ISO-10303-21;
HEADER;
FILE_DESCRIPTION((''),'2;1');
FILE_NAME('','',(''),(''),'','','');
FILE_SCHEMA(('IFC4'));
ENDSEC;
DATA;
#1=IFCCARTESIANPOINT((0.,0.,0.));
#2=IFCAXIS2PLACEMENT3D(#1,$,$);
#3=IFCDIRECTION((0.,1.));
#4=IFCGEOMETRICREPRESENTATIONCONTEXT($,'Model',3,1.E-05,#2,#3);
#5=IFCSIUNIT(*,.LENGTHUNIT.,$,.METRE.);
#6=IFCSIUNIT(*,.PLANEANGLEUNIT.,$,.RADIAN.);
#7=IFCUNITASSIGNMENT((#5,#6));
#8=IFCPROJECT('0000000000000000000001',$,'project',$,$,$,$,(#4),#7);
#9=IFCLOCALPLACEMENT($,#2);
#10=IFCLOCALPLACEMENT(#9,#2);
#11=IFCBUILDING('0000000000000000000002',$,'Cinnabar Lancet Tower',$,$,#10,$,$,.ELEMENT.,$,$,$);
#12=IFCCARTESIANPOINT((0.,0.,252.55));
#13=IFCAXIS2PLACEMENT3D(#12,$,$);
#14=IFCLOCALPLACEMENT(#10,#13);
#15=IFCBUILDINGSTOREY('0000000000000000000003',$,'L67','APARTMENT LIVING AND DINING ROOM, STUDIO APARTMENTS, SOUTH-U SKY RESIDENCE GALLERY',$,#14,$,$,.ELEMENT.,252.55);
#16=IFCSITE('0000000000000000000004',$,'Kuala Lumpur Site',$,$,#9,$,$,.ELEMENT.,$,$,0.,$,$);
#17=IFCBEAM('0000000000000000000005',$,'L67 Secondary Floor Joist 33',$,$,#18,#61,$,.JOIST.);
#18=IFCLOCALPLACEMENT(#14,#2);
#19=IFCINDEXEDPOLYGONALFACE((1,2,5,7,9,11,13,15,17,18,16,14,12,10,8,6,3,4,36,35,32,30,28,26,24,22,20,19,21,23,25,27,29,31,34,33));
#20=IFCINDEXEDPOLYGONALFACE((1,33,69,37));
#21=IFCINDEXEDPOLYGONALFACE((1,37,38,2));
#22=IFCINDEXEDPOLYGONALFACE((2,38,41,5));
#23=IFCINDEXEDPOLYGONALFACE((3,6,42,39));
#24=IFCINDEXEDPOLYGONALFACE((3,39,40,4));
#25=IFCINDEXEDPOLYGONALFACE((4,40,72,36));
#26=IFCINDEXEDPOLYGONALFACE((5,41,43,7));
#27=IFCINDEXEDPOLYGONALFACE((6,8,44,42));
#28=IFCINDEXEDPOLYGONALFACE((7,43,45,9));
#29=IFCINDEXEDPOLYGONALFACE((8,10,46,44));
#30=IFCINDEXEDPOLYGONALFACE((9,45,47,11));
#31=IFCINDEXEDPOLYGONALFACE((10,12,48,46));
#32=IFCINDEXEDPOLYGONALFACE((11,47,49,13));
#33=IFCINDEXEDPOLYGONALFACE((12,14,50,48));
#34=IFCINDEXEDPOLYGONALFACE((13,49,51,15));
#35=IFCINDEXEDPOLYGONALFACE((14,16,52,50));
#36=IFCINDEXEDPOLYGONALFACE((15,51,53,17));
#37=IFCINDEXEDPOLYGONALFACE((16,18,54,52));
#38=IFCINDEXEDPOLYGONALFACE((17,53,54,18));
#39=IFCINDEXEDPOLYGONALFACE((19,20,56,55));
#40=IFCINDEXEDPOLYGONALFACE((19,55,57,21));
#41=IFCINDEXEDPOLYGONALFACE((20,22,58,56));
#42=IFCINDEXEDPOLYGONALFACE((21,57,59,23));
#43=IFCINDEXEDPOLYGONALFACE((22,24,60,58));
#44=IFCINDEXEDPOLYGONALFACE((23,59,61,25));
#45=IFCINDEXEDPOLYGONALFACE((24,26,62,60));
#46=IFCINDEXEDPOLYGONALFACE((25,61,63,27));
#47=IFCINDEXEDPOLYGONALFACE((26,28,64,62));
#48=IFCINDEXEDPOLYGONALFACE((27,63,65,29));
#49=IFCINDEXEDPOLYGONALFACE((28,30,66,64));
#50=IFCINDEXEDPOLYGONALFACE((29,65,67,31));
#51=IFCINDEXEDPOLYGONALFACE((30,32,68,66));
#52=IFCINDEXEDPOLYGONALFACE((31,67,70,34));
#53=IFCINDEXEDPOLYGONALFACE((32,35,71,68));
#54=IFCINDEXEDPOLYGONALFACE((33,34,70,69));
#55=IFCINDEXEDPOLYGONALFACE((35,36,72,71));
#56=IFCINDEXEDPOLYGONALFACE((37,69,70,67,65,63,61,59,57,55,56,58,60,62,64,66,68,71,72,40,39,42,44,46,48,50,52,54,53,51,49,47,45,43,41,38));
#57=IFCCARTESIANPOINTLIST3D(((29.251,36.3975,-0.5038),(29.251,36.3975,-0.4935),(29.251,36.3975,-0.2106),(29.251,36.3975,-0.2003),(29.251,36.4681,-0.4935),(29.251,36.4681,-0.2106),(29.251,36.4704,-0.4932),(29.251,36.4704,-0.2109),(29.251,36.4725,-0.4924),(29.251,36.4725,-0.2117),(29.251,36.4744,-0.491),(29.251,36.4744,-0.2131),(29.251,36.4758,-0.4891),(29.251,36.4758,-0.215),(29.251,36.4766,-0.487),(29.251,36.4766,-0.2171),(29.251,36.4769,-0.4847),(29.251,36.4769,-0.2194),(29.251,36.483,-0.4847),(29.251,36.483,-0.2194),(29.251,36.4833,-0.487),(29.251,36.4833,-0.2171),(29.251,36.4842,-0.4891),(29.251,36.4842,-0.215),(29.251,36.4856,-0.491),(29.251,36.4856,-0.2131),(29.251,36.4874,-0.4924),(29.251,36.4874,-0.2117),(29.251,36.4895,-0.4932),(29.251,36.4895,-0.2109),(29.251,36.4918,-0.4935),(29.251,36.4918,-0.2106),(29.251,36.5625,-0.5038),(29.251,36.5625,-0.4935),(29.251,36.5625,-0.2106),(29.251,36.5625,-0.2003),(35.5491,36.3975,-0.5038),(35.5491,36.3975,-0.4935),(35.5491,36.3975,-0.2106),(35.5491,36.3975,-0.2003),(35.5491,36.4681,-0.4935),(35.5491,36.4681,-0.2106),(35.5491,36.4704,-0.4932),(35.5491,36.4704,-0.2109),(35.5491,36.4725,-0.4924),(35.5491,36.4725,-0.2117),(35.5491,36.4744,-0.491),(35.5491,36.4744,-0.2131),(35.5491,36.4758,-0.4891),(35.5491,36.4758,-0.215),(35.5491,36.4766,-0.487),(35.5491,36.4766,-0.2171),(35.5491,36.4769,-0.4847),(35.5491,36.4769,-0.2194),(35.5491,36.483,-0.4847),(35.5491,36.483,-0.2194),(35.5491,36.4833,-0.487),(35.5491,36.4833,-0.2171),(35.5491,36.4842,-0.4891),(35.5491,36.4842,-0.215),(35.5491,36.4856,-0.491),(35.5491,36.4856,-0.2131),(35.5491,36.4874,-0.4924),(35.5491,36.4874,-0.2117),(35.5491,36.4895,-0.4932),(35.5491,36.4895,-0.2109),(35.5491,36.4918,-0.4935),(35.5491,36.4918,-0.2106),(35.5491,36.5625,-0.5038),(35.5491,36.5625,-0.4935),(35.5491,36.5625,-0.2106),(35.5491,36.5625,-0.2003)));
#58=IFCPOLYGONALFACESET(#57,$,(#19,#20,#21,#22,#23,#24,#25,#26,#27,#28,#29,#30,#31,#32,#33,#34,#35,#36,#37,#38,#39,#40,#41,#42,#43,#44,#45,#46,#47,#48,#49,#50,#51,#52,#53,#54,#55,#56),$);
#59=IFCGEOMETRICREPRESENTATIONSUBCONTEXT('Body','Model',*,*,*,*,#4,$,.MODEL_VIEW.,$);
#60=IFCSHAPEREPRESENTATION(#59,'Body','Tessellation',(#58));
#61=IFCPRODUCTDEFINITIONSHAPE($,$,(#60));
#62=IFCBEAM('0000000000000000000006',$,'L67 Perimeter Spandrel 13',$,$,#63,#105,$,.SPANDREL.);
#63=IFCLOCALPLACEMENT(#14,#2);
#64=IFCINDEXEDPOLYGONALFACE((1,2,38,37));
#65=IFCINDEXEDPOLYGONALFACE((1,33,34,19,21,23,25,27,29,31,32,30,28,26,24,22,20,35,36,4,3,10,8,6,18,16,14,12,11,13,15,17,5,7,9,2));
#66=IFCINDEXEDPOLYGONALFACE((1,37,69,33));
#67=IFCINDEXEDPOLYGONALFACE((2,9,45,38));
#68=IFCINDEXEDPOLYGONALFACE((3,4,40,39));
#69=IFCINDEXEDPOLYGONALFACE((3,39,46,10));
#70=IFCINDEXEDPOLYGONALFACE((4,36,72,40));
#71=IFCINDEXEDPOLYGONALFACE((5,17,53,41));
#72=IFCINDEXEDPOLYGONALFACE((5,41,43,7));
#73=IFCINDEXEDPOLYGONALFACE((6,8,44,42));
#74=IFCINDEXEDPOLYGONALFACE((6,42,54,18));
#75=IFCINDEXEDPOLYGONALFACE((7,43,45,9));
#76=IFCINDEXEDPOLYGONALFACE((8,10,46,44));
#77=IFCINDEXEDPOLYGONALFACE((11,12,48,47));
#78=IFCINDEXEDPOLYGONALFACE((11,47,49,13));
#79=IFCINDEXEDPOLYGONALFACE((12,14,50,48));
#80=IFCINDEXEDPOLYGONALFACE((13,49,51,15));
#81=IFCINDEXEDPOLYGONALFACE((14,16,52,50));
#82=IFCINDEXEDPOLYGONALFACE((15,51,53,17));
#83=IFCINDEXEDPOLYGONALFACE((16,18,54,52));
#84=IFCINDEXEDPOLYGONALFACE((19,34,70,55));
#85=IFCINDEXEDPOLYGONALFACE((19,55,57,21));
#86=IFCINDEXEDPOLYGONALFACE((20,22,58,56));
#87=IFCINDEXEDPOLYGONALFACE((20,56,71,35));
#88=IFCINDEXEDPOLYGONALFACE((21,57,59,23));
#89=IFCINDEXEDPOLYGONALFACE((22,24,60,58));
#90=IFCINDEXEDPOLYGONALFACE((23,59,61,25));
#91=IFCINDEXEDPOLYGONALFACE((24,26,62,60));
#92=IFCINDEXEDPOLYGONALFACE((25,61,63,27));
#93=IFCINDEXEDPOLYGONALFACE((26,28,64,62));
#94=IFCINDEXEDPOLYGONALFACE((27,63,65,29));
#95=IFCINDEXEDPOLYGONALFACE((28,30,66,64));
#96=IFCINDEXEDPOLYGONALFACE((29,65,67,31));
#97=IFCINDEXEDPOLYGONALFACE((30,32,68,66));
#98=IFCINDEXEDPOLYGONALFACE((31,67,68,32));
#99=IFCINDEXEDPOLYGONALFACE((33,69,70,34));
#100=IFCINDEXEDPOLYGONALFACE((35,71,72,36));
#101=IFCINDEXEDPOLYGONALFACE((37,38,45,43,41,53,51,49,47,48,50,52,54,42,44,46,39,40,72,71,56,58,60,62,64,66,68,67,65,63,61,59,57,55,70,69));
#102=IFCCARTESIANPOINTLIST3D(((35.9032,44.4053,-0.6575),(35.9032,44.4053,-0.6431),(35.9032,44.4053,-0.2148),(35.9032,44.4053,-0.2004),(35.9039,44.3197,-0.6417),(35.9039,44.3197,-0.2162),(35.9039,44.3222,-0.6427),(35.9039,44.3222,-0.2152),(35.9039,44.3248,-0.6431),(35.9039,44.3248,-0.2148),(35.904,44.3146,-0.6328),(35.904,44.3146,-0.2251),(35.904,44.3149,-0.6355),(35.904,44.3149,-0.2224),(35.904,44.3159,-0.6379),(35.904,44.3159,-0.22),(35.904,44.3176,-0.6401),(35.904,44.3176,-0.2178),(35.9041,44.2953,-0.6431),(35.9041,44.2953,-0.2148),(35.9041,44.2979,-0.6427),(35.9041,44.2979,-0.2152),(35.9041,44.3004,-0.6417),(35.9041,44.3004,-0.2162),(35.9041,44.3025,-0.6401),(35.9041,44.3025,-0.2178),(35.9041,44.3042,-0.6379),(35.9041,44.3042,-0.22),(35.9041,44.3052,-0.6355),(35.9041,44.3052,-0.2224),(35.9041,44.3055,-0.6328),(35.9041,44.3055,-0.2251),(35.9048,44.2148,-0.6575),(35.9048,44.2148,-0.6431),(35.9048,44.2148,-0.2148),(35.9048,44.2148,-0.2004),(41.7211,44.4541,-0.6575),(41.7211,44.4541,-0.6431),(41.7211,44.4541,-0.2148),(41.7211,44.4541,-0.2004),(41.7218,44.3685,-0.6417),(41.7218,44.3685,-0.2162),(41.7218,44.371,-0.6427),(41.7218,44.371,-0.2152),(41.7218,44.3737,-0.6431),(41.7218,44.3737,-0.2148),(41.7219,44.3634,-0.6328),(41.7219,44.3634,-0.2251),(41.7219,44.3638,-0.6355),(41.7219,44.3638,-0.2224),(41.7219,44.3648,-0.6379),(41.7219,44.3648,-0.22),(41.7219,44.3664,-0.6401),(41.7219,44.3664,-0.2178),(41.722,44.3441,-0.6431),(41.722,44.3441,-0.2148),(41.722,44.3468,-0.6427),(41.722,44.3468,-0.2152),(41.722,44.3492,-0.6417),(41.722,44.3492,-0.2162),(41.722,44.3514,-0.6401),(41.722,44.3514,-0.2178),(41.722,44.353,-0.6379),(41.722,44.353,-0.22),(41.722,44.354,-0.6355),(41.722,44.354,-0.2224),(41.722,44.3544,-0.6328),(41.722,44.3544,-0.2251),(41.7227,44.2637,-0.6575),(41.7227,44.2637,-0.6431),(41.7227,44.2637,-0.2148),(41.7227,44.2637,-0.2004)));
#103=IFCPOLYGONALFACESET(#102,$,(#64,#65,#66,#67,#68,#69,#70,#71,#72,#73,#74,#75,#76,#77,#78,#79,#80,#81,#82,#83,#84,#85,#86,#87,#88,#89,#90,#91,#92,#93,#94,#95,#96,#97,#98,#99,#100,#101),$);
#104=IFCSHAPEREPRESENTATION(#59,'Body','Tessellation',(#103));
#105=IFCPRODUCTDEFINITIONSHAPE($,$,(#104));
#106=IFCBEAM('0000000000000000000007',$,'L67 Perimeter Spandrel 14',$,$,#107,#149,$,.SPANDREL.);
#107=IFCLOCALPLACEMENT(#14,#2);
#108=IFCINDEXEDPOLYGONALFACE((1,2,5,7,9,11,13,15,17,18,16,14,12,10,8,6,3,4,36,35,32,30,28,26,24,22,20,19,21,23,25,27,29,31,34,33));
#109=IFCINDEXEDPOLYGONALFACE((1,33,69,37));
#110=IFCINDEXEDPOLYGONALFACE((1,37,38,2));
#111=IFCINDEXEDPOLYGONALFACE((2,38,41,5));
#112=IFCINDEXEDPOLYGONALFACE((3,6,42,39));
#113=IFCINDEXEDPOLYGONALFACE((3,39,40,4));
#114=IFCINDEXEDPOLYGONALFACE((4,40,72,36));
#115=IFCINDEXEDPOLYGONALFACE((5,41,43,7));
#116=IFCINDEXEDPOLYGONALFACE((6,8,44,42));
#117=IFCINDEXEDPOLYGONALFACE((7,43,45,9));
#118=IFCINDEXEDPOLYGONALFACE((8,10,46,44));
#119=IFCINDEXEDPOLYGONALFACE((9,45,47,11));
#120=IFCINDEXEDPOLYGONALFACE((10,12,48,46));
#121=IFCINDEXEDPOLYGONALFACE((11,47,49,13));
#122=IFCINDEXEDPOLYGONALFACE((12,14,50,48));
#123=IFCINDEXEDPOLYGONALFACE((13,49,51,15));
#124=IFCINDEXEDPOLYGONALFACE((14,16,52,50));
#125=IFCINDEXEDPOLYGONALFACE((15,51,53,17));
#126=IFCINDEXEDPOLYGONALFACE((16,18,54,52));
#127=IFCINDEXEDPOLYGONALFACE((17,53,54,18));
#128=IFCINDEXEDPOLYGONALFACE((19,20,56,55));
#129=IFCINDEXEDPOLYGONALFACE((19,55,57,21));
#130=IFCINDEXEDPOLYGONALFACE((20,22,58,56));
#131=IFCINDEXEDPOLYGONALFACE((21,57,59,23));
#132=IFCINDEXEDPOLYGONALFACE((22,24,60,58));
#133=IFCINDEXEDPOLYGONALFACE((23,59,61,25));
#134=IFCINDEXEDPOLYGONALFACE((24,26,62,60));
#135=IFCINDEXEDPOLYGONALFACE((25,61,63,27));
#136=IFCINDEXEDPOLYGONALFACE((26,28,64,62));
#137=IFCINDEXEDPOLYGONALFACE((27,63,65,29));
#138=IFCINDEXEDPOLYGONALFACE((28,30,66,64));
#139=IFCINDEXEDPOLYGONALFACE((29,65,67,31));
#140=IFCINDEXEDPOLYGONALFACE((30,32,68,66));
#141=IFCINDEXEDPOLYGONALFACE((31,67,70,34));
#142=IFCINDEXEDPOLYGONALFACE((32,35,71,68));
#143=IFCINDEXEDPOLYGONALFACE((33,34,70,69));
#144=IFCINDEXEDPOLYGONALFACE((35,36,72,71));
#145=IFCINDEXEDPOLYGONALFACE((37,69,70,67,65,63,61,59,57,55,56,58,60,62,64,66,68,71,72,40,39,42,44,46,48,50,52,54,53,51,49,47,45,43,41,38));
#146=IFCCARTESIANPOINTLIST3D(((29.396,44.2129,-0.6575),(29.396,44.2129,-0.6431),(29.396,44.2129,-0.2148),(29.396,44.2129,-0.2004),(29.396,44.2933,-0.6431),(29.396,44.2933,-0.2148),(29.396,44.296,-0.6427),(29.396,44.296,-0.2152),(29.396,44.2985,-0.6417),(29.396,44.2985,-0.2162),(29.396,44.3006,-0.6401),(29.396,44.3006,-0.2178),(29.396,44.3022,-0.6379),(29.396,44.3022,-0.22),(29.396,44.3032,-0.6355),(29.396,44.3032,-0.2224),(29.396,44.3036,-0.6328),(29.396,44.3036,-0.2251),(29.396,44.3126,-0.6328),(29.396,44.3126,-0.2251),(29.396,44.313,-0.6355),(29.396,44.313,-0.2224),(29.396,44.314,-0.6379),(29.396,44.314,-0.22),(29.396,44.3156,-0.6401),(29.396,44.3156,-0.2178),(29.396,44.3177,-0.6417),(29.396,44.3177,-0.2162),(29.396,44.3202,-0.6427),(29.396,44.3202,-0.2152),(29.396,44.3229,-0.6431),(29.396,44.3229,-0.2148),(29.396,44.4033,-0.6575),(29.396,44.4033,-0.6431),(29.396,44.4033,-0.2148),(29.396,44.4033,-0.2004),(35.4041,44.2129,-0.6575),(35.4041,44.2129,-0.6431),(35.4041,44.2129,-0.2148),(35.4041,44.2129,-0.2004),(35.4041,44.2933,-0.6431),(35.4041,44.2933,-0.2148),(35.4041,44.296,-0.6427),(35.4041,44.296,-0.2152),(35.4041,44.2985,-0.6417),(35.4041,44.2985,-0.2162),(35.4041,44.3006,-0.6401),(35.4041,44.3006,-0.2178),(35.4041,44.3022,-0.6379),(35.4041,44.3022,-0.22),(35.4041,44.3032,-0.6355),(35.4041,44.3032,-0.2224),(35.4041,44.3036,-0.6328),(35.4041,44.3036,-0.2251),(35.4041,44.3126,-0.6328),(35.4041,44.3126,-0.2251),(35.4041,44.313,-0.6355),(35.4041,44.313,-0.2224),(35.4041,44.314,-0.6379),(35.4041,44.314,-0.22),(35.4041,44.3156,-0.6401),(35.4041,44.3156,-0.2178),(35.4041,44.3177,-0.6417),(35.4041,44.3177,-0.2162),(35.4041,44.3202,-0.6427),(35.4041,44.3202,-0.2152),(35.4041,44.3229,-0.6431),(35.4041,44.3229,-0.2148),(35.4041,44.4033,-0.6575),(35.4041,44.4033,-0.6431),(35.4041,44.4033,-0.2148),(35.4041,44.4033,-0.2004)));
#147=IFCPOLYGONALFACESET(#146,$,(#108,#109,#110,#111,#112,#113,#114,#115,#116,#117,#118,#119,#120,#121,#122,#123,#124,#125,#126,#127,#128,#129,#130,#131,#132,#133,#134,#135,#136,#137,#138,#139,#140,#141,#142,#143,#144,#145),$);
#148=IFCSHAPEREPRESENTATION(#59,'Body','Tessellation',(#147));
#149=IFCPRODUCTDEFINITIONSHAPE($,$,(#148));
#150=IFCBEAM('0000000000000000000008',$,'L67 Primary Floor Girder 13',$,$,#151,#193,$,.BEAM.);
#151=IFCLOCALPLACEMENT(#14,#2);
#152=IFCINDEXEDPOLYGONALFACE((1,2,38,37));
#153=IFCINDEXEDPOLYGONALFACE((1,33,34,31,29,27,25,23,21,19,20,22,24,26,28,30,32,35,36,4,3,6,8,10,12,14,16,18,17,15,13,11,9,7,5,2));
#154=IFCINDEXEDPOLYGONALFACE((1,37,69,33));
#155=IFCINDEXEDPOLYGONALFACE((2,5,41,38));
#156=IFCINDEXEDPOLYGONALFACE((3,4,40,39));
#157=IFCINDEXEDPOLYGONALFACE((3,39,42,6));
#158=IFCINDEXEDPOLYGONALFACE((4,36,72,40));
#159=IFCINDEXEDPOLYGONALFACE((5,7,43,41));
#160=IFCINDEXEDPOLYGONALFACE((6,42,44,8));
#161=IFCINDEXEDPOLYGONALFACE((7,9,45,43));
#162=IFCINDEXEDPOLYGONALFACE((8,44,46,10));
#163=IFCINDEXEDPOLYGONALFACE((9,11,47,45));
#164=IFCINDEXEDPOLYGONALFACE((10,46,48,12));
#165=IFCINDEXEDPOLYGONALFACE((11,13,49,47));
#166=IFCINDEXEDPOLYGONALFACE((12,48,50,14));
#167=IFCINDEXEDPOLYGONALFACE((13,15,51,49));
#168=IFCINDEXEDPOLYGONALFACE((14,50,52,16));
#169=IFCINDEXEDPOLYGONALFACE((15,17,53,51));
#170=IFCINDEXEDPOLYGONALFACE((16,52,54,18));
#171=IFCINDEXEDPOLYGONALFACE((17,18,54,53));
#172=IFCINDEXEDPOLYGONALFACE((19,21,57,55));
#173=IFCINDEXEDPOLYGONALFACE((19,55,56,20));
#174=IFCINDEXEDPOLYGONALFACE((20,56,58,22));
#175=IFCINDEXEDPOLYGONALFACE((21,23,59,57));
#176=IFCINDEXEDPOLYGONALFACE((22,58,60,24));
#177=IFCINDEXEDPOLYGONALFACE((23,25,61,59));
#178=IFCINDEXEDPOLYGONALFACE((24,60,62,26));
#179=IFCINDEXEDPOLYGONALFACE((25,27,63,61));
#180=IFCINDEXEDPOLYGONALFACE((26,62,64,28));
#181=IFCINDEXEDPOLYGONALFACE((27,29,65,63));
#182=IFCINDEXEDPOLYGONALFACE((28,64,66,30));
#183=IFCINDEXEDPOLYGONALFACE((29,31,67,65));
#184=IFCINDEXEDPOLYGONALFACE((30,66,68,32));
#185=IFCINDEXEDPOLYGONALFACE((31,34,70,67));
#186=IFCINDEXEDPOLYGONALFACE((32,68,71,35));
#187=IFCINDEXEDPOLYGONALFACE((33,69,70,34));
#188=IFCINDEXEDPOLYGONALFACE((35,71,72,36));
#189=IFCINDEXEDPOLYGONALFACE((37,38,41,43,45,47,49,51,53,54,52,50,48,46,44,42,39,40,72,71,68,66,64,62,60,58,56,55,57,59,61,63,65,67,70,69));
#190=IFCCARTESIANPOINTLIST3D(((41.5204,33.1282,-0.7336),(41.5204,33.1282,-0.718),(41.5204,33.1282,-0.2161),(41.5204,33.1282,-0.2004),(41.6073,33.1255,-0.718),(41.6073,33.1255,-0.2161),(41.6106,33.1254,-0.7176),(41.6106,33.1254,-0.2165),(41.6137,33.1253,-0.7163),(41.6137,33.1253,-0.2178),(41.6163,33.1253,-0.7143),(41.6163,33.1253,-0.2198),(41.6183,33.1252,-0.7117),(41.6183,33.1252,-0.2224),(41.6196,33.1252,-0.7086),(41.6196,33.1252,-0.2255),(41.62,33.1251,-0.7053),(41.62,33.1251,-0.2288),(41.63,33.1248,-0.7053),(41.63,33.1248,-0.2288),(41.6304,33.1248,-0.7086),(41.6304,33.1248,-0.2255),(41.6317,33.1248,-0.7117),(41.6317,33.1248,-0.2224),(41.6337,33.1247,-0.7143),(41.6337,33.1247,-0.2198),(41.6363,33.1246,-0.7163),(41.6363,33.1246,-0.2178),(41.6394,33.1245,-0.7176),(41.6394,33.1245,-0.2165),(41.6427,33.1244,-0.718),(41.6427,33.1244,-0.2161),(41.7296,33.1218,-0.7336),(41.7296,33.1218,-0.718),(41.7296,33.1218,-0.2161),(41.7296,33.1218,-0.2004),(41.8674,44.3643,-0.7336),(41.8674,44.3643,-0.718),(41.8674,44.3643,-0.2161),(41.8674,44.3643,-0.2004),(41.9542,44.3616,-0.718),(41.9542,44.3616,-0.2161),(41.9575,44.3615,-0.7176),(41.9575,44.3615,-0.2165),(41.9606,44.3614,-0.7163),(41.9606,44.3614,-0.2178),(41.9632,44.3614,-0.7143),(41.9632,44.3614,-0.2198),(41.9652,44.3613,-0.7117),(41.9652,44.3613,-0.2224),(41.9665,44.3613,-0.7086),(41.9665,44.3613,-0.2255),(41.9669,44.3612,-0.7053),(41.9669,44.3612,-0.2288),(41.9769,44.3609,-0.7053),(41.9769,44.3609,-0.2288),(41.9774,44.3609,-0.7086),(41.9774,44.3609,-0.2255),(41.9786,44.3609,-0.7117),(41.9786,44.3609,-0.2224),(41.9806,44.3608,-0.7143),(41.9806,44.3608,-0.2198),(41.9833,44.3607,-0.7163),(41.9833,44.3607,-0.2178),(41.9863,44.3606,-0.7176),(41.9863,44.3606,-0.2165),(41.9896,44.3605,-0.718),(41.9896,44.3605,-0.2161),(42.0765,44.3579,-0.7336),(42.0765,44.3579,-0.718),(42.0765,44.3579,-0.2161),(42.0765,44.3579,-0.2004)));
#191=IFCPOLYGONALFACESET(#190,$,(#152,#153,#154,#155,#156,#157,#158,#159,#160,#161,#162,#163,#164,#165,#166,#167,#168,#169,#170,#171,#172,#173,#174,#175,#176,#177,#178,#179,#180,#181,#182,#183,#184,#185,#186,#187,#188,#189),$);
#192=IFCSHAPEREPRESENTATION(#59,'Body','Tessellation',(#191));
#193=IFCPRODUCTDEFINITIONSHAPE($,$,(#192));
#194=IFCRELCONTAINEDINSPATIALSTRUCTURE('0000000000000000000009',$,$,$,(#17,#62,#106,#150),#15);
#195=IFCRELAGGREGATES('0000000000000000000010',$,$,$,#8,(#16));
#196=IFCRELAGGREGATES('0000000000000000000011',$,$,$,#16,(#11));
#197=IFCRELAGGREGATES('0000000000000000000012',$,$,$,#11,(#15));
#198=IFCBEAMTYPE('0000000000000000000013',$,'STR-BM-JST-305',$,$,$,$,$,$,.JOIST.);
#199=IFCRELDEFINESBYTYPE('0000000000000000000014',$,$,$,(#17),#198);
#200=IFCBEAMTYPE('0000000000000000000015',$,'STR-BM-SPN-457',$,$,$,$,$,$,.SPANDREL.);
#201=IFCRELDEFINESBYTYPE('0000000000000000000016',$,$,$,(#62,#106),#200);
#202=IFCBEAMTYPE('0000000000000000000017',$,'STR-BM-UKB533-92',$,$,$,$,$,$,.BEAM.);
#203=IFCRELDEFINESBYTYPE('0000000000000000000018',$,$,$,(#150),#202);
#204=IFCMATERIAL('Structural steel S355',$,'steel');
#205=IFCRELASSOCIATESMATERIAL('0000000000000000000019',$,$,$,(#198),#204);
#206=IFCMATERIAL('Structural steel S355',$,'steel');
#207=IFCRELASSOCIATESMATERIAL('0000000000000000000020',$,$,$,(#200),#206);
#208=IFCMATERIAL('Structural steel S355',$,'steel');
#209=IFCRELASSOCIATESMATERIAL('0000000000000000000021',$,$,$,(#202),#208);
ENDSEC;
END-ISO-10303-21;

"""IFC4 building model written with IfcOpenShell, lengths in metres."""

from ifc_helpers import new_model, si_unit, direction, frame, origin, origin_2d, place, context, subcontext, project, spatial, i_section, extrude, material, material_profile, profile_set, type_object, element, save


model = new_model("IFC4")

# Units and contexts
model_context = context("Model", 3, precision=1e-05, world=origin(), true_north=direction((0.0, 1.0)))
body_context = subcontext(model_context, "Body", "Model", "MODEL_VIEW")
ifc_project = project(units=[si_unit("LENGTHUNIT", "METRE"), si_unit("PLANEANGLEUNIT", "RADIAN")], contexts=[model_context])

# Site, building, storey
site_placement = place(None, origin())
site = spatial("IfcSite", under=ifc_project, at=site_placement, Name="Kuala Lumpur Site", CompositionType="ELEMENT", RefElevation=0.0)
building_placement = place(site_placement, origin())
building = spatial("IfcBuilding", under=site, at=building_placement, Name="Cinnabar Lancet Tower", CompositionType="ELEMENT")
storey_placement = place(building_placement, frame((0.0, 0.0, 252.55)))
storey = spatial("IfcBuildingStorey", under=building, at=storey_placement, Name="L67", Description="APARTMENT LIVING AND DINING ROOM, STUDIO APARTMENTS, SOUTH-U SKY RESIDENCE GALLERY", CompositionType="ELEMENT", Elevation=252.55)

# Beams
ifc_material_1 = material(Name="Structural steel S355", Category="steel")
ifc_material_profile_1 = material_profile(ifc_material_1, i_section(OverallWidth=0.165, OverallDepth=0.3035, WebThickness=0.0061, FlangeThickness=0.0103, FilletRadius=0.0088, at=origin_2d()), Name="UKB 305x165x40")
ifc_profile_set_1 = profile_set([ifc_material_profile_1], Name="Structural steel S355")
beam_type_1 = type_object("IfcBeamType", Name="STR-BM-JST-305", PredefinedType="JOIST", material=ifc_profile_set_1)
for number, where, z_axis, x_axis, name in (
    (1, (35.5491, 36.48, -0.3521), (-1.0, 0.0, 0.0), (0.0, -1.0, 0.0), "L67 Secondary Floor Joist 33"),
):
    element("IfcBeam", number, at=place(storey_placement, frame(where, z_axis=z_axis, x_axis=x_axis)), inside=storey, type_object=beam_type_1, Name=name, PredefinedType="JOIST", context=body_context, shape_type="SweptSolid", body=[
        extrude(i_section(OverallWidth=0.165, OverallDepth=0.3035, WebThickness=0.0061, FlangeThickness=0.0103, FilletRadius=0.0088, at=origin_2d()), origin(), (0.0, 0.0, 1.0), 6.2981),
    ])
ifc_material_2 = material(Name="Structural steel S355", Category="steel")
ifc_material_profile_2 = material_profile(ifc_material_2, i_section(OverallWidth=0.1904, OverallDepth=0.457, WebThickness=0.009, FlangeThickness=0.0144, FilletRadius=0.0103, at=origin_2d()), Name="UKB 457x191x74")
ifc_profile_set_2 = profile_set([ifc_material_profile_2], Name="Structural steel S355")
beam_type_2 = type_object("IfcBeamType", Name="STR-BM-SPN-457", PredefinedType="SPANDREL", material=ifc_profile_set_2)
beam_1_placement = place(storey_placement, frame((41.7219, 44.3589, -0.429), z_axis=(-0.999965, -0.008392, 0.0), x_axis=(0.008392, -0.999965, 0.0)))
element("IfcBeam", 2, at=beam_1_placement, inside=storey, type_object=beam_type_2, Name="L67 Perimeter Spandrel 13", PredefinedType="SPANDREL", context=body_context, shape_type="SweptSolid", body=[
    extrude(i_section(OverallWidth=0.1904, OverallDepth=0.457, WebThickness=0.009, FlangeThickness=0.0144, FilletRadius=0.0103, at=origin_2d()), origin(), (0.0, 0.0, 1.0), 5.8181),
])
beam_2_placement = place(storey_placement, frame((35.4041, 44.3081, -0.429), z_axis=(-1.0, 0.0, 0.0), x_axis=(0.0, -1.0, 0.0)))
element("IfcBeam", 3, at=beam_2_placement, inside=storey, type_object=beam_type_2, Name="L67 Perimeter Spandrel 14", PredefinedType="SPANDREL", context=body_context, shape_type="SweptSolid", body=[
    extrude(i_section(OverallWidth=0.1904, OverallDepth=0.457, WebThickness=0.009, FlangeThickness=0.0144, FilletRadius=0.0103, at=origin_2d()), origin(), (0.0, 0.0, 1.0), 6.0081),
])
ifc_material_3 = material(Name="Structural steel S355", Category="steel")
ifc_material_profile_3 = material_profile(ifc_material_3, i_section(OverallWidth=0.2092, OverallDepth=0.5332, WebThickness=0.01, FlangeThickness=0.0156, FilletRadius=0.0127, at=origin_2d()), Name="UKB 533x210x92")
ifc_profile_set_3 = profile_set([ifc_material_profile_3], Name="Structural steel S355")
beam_type_3 = type_object("IfcBeamType", Name="STR-BM-UKB533-92", PredefinedType="BEAM", material=ifc_profile_set_3)
beam_3_placement = place(storey_placement, frame((41.9719, 44.3611, -0.467), z_axis=(-0.030861, -0.999524, 0.0), x_axis=(0.999524, -0.030861, 0.0)))
element("IfcBeam", 4, at=beam_3_placement, inside=storey, type_object=beam_type_3, Name="L67 Primary Floor Girder 13", PredefinedType="BEAM", context=body_context, shape_type="SweptSolid", body=[
    extrude(i_section(OverallWidth=0.2092, OverallDepth=0.5332, WebThickness=0.01, FlangeThickness=0.0156, FilletRadius=0.0127, at=origin_2d()), origin(), (0.0, 0.0, 1.0), 11.2415),
])

save(model, "model.ifc")
